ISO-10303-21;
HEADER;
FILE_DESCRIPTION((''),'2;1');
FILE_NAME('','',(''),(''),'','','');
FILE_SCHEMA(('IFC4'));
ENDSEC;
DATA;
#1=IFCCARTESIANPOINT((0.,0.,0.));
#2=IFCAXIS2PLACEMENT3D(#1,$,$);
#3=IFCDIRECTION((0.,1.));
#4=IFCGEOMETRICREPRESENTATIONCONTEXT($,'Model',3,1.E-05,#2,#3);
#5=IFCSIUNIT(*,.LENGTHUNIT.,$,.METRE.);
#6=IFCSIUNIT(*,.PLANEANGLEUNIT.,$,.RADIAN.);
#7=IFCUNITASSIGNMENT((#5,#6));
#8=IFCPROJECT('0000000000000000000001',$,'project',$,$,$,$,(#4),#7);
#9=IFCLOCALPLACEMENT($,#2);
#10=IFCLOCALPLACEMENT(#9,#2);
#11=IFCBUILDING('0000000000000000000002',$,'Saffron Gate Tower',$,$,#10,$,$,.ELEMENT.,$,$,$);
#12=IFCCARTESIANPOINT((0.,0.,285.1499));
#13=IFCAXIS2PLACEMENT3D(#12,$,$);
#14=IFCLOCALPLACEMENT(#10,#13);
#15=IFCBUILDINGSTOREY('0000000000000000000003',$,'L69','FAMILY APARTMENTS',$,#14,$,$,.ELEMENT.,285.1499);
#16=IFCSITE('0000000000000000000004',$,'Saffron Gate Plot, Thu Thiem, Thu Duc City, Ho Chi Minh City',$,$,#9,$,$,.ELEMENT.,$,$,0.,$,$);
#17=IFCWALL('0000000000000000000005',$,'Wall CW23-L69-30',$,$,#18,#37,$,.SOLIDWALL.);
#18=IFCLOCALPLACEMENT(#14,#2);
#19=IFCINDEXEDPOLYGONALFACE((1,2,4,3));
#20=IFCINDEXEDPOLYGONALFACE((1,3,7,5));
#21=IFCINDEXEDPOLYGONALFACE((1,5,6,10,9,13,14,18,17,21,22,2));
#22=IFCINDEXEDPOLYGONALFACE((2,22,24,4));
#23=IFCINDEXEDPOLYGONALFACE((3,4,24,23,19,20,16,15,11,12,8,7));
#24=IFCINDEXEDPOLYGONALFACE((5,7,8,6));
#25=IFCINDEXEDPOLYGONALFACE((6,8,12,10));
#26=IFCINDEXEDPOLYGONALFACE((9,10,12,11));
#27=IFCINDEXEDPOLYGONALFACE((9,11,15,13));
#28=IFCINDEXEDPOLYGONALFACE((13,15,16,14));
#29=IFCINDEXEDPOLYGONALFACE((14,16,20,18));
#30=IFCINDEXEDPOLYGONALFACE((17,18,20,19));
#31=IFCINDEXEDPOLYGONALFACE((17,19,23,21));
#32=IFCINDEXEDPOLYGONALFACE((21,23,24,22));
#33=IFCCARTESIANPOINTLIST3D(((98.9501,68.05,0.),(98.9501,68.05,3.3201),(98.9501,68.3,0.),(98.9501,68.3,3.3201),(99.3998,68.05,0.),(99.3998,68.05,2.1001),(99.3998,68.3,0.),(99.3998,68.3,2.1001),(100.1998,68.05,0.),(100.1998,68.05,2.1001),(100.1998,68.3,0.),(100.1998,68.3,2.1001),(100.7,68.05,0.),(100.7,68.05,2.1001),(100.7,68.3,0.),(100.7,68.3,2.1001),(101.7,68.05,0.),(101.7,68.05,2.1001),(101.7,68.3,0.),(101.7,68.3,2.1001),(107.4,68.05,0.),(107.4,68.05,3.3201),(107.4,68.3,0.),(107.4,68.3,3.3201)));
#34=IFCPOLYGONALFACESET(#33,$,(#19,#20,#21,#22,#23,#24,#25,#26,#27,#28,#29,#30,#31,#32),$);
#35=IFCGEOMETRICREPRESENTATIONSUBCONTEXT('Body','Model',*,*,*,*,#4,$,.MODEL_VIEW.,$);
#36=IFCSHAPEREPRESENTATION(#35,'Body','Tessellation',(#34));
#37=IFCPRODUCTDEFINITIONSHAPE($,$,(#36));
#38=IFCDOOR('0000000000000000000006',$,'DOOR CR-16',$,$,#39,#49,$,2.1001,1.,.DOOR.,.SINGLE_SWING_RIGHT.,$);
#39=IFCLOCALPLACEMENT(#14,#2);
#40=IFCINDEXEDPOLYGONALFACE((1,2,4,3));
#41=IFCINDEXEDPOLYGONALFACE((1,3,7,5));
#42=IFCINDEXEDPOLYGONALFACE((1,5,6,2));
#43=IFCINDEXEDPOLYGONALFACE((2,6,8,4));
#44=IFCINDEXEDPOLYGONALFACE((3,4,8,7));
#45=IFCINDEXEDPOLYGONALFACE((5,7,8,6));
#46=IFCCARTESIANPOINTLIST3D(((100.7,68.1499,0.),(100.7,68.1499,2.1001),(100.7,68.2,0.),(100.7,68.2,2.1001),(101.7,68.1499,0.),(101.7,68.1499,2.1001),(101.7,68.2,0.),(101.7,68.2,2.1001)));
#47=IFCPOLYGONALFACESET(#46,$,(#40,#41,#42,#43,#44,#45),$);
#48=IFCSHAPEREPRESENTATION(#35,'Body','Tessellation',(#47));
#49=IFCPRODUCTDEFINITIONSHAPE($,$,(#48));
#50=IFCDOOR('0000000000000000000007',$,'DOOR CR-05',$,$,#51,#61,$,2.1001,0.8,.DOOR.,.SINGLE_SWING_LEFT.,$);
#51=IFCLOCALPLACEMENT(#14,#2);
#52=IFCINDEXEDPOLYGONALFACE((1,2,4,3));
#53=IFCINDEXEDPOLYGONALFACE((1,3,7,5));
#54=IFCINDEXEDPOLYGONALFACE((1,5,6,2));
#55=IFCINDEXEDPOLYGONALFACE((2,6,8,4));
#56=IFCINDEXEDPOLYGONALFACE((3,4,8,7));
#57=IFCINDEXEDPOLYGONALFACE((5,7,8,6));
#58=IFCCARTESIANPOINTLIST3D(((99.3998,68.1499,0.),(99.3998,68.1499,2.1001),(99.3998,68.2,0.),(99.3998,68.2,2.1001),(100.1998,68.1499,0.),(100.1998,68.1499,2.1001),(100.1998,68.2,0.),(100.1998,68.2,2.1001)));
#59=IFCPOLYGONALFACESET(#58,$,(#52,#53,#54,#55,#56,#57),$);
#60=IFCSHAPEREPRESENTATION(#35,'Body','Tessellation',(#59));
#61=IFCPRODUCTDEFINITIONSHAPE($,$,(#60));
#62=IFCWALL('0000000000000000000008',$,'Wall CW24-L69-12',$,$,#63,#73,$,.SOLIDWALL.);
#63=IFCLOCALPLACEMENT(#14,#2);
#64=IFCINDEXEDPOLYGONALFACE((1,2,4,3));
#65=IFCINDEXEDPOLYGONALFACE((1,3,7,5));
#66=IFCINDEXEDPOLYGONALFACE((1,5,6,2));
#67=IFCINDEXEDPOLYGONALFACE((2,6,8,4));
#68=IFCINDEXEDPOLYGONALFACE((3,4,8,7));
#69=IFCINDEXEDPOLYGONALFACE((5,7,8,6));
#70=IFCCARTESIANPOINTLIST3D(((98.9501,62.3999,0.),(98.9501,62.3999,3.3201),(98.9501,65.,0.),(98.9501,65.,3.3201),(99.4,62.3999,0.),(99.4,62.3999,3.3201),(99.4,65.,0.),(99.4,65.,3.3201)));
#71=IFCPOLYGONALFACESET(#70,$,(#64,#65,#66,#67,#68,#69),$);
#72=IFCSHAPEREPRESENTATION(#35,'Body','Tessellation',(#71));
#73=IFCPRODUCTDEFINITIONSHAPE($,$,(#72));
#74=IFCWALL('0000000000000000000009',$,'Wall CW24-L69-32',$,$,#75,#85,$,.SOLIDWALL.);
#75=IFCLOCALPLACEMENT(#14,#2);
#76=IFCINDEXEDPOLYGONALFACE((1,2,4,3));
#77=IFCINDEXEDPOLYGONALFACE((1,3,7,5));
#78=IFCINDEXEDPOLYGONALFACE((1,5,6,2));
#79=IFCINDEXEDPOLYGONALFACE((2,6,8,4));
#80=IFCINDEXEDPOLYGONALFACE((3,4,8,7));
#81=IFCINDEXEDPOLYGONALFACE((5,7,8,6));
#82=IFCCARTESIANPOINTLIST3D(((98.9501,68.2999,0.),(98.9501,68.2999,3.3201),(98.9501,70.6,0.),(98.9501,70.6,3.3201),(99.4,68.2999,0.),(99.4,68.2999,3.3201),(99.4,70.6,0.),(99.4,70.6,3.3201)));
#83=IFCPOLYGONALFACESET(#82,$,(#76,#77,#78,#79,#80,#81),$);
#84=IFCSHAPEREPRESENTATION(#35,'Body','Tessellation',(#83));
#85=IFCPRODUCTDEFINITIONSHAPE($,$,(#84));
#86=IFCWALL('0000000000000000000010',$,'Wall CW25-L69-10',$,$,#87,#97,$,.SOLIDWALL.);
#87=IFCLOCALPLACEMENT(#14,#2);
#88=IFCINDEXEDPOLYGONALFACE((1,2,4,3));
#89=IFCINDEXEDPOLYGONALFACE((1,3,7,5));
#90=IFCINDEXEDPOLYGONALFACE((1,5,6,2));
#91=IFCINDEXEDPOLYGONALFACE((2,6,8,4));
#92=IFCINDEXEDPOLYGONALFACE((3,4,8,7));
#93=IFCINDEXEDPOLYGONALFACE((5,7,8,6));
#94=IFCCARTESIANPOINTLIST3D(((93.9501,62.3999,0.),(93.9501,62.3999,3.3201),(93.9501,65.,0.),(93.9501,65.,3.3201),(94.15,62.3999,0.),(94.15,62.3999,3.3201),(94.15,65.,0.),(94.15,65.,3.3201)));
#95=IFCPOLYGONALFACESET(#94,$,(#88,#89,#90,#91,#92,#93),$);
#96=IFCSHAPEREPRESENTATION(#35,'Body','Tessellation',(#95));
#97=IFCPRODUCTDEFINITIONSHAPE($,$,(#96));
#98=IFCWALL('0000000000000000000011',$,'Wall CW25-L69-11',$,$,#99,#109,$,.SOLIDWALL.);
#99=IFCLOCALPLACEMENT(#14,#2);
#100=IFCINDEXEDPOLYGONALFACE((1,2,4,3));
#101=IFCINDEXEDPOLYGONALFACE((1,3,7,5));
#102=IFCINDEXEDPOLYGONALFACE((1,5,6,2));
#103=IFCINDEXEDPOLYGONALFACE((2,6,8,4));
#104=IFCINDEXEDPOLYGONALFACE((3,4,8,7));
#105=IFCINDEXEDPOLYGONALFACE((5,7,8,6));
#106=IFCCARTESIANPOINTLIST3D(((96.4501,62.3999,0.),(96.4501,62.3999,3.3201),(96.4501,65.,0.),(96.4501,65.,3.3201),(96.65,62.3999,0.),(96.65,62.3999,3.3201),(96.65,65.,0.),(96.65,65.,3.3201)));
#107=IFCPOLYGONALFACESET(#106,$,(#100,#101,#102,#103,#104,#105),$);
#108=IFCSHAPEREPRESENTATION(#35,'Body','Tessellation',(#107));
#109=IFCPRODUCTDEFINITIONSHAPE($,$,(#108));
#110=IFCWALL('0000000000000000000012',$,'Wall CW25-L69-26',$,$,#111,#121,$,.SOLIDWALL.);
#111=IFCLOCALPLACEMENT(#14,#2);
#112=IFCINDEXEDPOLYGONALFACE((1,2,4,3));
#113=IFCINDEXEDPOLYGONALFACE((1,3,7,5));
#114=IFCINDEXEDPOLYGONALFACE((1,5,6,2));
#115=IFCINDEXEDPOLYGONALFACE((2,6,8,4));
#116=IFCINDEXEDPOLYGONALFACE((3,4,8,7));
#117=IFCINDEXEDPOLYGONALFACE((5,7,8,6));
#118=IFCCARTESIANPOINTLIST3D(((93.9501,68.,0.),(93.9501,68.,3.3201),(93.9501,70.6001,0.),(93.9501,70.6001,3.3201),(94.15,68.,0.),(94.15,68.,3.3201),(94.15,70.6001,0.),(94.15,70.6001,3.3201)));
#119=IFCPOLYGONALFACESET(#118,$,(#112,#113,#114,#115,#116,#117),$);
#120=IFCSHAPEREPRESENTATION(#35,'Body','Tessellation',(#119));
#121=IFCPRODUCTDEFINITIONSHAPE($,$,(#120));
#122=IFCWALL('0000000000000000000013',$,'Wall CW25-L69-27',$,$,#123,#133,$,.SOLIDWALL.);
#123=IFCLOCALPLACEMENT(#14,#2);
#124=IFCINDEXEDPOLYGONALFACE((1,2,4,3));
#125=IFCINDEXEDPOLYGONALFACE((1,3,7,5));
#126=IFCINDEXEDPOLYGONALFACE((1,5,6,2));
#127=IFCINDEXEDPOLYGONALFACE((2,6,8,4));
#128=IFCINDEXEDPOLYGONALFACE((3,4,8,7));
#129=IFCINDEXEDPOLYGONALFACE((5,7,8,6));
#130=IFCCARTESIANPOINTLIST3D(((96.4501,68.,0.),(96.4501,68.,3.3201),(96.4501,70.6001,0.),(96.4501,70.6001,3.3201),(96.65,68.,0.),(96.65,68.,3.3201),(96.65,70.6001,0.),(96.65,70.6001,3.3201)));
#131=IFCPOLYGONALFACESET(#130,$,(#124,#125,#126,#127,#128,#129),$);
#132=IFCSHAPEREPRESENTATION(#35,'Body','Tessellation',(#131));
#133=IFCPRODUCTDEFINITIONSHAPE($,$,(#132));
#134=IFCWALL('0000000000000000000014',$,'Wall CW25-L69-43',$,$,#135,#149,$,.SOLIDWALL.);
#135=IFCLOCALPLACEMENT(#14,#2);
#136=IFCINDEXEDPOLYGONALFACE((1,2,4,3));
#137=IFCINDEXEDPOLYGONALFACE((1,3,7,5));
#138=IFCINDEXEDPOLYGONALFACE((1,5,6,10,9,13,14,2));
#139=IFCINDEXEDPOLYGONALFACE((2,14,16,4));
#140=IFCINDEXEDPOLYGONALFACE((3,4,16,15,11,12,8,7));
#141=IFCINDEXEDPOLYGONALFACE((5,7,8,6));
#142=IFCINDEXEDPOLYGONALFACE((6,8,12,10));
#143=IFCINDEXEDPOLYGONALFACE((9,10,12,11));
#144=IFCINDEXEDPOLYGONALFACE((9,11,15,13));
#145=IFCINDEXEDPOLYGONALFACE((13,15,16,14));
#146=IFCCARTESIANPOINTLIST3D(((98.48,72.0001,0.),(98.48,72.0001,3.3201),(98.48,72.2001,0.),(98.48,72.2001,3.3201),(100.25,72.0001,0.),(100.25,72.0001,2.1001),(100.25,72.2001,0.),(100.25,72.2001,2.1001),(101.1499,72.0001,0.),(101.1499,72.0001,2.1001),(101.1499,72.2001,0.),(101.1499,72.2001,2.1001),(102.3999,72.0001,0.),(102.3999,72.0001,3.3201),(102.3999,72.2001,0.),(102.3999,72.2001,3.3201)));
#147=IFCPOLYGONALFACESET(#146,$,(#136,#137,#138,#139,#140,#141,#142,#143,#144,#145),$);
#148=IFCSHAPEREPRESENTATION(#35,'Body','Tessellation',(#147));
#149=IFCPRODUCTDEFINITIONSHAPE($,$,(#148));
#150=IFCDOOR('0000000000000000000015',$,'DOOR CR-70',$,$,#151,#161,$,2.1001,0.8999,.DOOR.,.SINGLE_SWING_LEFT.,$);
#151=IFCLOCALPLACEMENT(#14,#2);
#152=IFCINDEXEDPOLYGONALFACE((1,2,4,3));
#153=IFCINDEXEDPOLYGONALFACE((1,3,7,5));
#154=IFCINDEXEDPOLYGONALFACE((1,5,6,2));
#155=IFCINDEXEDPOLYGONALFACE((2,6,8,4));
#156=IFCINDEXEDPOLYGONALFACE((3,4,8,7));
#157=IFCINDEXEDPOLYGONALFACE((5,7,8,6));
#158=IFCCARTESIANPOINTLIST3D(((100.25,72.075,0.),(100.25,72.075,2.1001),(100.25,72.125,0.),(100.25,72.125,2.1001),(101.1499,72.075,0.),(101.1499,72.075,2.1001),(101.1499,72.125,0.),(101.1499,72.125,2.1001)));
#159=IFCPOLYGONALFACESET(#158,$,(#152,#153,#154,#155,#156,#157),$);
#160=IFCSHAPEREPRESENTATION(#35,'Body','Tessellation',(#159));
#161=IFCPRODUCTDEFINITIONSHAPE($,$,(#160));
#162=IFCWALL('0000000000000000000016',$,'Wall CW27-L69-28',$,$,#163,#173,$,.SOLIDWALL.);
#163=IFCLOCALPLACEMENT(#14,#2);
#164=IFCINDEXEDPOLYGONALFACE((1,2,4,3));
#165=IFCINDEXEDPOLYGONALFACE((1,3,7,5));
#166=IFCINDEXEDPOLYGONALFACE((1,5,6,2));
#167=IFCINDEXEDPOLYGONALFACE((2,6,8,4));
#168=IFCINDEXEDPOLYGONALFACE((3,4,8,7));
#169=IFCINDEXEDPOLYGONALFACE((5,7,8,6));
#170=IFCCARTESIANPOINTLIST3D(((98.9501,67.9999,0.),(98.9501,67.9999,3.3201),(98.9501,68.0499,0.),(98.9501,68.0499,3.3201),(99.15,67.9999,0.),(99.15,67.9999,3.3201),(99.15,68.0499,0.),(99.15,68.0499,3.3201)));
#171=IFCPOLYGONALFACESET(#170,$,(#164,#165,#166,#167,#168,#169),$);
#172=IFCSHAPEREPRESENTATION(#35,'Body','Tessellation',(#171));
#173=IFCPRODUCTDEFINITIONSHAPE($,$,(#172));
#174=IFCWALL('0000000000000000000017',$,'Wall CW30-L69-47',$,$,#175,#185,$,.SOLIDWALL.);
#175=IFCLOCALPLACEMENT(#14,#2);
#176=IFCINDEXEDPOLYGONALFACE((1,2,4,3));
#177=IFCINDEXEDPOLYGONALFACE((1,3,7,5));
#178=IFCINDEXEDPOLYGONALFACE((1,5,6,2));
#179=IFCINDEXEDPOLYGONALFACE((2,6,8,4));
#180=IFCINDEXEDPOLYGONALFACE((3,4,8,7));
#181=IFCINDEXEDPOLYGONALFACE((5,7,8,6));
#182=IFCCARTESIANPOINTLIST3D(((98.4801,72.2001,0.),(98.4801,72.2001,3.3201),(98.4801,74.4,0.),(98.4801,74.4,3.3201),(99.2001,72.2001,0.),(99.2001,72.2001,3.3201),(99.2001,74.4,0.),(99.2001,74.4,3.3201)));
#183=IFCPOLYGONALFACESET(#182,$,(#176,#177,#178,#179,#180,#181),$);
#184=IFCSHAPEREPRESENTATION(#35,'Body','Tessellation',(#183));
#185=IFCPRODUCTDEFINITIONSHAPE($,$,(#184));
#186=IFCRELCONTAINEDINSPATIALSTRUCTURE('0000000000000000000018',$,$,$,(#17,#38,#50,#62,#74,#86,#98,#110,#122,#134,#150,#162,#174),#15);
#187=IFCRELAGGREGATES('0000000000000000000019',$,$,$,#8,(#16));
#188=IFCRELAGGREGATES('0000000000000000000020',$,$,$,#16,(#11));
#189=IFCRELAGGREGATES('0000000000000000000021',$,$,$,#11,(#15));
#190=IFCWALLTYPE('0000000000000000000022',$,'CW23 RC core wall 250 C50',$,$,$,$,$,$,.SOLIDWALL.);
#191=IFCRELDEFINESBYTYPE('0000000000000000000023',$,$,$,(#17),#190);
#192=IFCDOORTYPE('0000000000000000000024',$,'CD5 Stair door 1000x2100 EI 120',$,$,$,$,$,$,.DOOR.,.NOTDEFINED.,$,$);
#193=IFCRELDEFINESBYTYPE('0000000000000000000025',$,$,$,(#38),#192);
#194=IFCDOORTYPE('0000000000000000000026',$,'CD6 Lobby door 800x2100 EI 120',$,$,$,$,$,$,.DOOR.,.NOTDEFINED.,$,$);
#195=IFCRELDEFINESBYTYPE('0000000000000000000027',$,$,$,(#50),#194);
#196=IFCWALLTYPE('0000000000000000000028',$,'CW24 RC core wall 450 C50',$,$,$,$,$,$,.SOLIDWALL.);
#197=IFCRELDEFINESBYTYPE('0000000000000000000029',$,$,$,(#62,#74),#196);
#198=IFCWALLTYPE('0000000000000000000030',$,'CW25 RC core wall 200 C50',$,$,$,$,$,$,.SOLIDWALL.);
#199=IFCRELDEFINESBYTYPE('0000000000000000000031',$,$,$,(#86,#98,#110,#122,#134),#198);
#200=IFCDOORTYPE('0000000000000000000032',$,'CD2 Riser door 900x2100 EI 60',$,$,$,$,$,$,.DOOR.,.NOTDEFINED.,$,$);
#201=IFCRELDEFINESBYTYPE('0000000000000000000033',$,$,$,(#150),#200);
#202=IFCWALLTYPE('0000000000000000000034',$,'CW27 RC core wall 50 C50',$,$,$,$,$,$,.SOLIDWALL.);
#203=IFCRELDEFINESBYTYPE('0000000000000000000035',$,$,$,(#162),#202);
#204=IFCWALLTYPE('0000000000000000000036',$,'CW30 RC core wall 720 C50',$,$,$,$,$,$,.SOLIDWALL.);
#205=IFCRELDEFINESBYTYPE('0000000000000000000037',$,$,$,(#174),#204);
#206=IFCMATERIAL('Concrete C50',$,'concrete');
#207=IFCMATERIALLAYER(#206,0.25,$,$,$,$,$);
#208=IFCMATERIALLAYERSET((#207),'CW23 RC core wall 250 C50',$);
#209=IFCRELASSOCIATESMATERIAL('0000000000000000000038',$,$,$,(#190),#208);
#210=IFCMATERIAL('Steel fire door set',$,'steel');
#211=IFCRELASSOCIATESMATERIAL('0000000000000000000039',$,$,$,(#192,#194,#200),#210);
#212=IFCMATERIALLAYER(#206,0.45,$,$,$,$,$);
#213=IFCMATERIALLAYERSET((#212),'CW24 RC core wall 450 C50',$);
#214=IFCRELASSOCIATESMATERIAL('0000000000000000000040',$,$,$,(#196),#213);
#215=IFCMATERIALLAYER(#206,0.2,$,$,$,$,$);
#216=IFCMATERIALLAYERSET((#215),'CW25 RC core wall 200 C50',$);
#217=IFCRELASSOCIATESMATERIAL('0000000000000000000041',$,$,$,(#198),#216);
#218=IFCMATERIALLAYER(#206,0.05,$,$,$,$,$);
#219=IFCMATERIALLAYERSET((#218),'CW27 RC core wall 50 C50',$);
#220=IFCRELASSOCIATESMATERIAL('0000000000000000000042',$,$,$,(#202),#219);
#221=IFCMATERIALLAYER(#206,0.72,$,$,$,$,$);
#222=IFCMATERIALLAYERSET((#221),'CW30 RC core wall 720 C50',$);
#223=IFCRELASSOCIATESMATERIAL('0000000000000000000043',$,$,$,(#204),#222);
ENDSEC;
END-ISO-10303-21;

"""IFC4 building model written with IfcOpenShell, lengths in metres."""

from ifc_helpers import new_model, si_unit, direction, frame, frame_2d, origin, place, context, subcontext, project, spatial, rectangle, extrude, material, layer, layer_set, type_object, element, fill, save


model = new_model("IFC4")

# Units and contexts
model_context = context("Model", 3, precision=1e-05, world=origin(), true_north=direction((0.0, 1.0)))
body_context = subcontext(model_context, "Body", "Model", "MODEL_VIEW")
ifc_project = project(units=[si_unit("LENGTHUNIT", "METRE"), si_unit("PLANEANGLEUNIT", "RADIAN")], contexts=[model_context])

# Site, building, storey
site_placement = place(None, origin())
site = spatial("IfcSite", under=ifc_project, at=site_placement, Name="Saffron Gate Plot, Thu Thiem, Thu Duc City, Ho Chi Minh City", CompositionType="ELEMENT", RefElevation=0.0)
building_placement = place(site_placement, origin())
building = spatial("IfcBuilding", under=site, at=building_placement, Name="Saffron Gate Tower", CompositionType="ELEMENT")
storey_placement = place(building_placement, frame((0.0, 0.0, 285.1499)))
storey = spatial("IfcBuildingStorey", under=building, at=storey_placement, Name="L69", Description="FAMILY APARTMENTS", CompositionType="ELEMENT", Elevation=285.1499)

# Wall, openings, doors
ifc_material_1 = material(Name="Concrete C50", Category="concrete")
ifc_layer_1 = layer(ifc_material_1, 0.25)
ifc_layer_set_1 = layer_set([ifc_layer_1], Name="CW23 RC core wall 250 C50")
wall_type_1 = type_object("IfcWallType", Name="CW23 RC core wall 250 C50", PredefinedType="SOLIDWALL", material=ifc_layer_set_1)
wall_1_placement = place(storey_placement, frame((98.95, 68.175, 0.0), z_axis=(0.0, 0.0, 1.0), x_axis=(1.0, 0.0, 0.0)))
wall_1 = element("IfcWall", 1, at=wall_1_placement, inside=storey, type_object=wall_type_1, Name="Wall CW23-L69-30", PredefinedType="SOLIDWALL", context=body_context, shape_type="SweptSolid", body=[
    extrude(rectangle(XDim=8.45, YDim=0.25, at=frame_2d((4.2251, 0.0))), origin(), (0.0, 0.0, 1.0), 3.3201),
])
opening_1_placement = place(wall_1_placement, frame((0.45, 0.0, 0.0)))
opening_1 = element("IfcOpeningElement", 2, at=opening_1_placement, cuts=wall_1, PredefinedType="OPENING", context=body_context, shape_type="SweptSolid", body=[
    extrude(rectangle(XDim=0.8, YDim=2.1001, at=frame_2d((0.3999, 1.05))), frame((0.0, 0.135, 0.0), z_axis=(0.0, -1.0, 0.0), x_axis=(1.0, 0.0, 0.0)), (0.0, 0.0, 1.0), 0.27),
])
opening_2_placement = place(wall_1_placement, frame((1.75, 0.0, 0.0)))
opening_2 = element("IfcOpeningElement", 3, at=opening_2_placement, cuts=wall_1, PredefinedType="OPENING", context=body_context, shape_type="SweptSolid", body=[
    extrude(rectangle(XDim=1.0, YDim=2.1001, at=frame_2d((0.5, 1.05))), frame((0.0, 0.135, 0.0), z_axis=(0.0, -1.0, 0.0), x_axis=(1.0, 0.0, 0.0)), (0.0, 0.0, 1.0), 0.27),
])
ifc_material_2 = material(Name="Steel fire door set", Category="steel")
door_type_1 = type_object("IfcDoorType", Name="CD5 Stair door 1000x2100 EI 120", OperationType="NOTDEFINED", PredefinedType="DOOR", material=ifc_material_2)
door_1_placement = place(opening_2_placement, origin())
door_1 = element("IfcDoor", 4, at=door_1_placement, inside=storey, type_object=door_type_1, Name="DOOR CR-16", OperationType="SINGLE_SWING_RIGHT", OverallHeight=2.1001, OverallWidth=1.0, PredefinedType="DOOR", context=body_context, shape_type="SweptSolid", body=[
    extrude(rectangle(XDim=1.0, YDim=2.1001, at=frame_2d((0.5, 1.05))), frame((0.0, 0.0249, 0.0), z_axis=(0.0, -1.0, 0.0), x_axis=(1.0, 0.0, 0.0)), (0.0, 0.0, 1.0), 0.05),
])
fill(opening_2, door_1)
door_type_2 = type_object("IfcDoorType", Name="CD6 Lobby door 800x2100 EI 120", OperationType="NOTDEFINED", PredefinedType="DOOR", material=ifc_material_2)
door_2_placement = place(opening_1_placement, origin())
door_2 = element("IfcDoor", 5, at=door_2_placement, inside=storey, type_object=door_type_2, Name="DOOR CR-05", OperationType="SINGLE_SWING_LEFT", OverallHeight=2.1001, OverallWidth=0.8, PredefinedType="DOOR", context=body_context, shape_type="SweptSolid", body=[
    extrude(rectangle(XDim=0.8, YDim=2.1001, at=frame_2d((0.3999, 1.05))), frame((0.0, 0.0249, 0.0), z_axis=(0.0, -1.0, 0.0), x_axis=(1.0, 0.0, 0.0)), (0.0, 0.0, 1.0), 0.05),
])
fill(opening_1, door_2)

# Walls
ifc_layer_2 = layer(ifc_material_1, 0.45)
ifc_layer_set_2 = layer_set([ifc_layer_2], Name="CW24 RC core wall 450 C50")
wall_type_2 = type_object("IfcWallType", Name="CW24 RC core wall 450 C50", PredefinedType="SOLIDWALL", material=ifc_layer_set_2)
wall_2_placement = place(storey_placement, frame((99.175, 62.3999, 0.0), z_axis=(0.0, 0.0, 1.0), x_axis=(0.0, 1.0, 0.0)))
element("IfcWall", 6, at=wall_2_placement, inside=storey, type_object=wall_type_2, Name="Wall CW24-L69-12", PredefinedType="SOLIDWALL", context=body_context, shape_type="SweptSolid", body=[
    extrude(rectangle(XDim=2.6001, YDim=0.45, at=frame_2d((1.3, 0.0))), origin(), (0.0, 0.0, 1.0), 3.3201),
])
wall_3_placement = place(storey_placement, frame((99.175, 68.3, 0.0), z_axis=(0.0, 0.0, 1.0), x_axis=(0.0, 1.0, 0.0)))
element("IfcWall", 7, at=wall_3_placement, inside=storey, type_object=wall_type_2, Name="Wall CW24-L69-32", PredefinedType="SOLIDWALL", context=body_context, shape_type="SweptSolid", body=[
    extrude(rectangle(XDim=2.3, YDim=0.45, at=frame_2d((1.1499, 0.0))), origin(), (0.0, 0.0, 1.0), 3.3201),
])
ifc_layer_3 = layer(ifc_material_1, 0.2)
ifc_layer_set_3 = layer_set([ifc_layer_3], Name="CW25 RC core wall 200 C50")
wall_type_3 = type_object("IfcWallType", Name="CW25 RC core wall 200 C50", PredefinedType="SOLIDWALL", material=ifc_layer_set_3)
for number, where, z_axis, x_axis, name in (
    (8, (94.05, 62.3999, 0.0), (0.0, 0.0, 1.0), (0.0, 1.0, 0.0), "Wall CW25-L69-10"),
    (9, (96.55, 62.3999, 0.0), (0.0, 0.0, 1.0), (0.0, 1.0, 0.0), "Wall CW25-L69-11"),
    (10, (94.05, 68.0, 0.0), (0.0, 0.0, 1.0), (0.0, 1.0, 0.0), "Wall CW25-L69-26"),
    (11, (96.55, 68.0, 0.0), (0.0, 0.0, 1.0), (0.0, 1.0, 0.0), "Wall CW25-L69-27"),
):
    element("IfcWall", number, at=place(storey_placement, frame(where, z_axis=z_axis, x_axis=x_axis)), inside=storey, type_object=wall_type_3, Name=name, PredefinedType="SOLIDWALL", context=body_context, shape_type="SweptSolid", body=[
        extrude(rectangle(XDim=2.6001, YDim=0.2, at=frame_2d((1.3, 0.0))), origin(), (0.0, 0.0, 1.0), 3.3201),
    ])

# Wall, opening, door
wall_4_placement = place(storey_placement, frame((98.48, 72.1001, 0.0), z_axis=(0.0, 0.0, 1.0), x_axis=(1.0, 0.0, 0.0)))
wall_4 = element("IfcWall", 12, at=wall_4_placement, inside=storey, type_object=wall_type_3, Name="Wall CW25-L69-43", PredefinedType="SOLIDWALL", context=body_context, shape_type="SweptSolid", body=[
    extrude(rectangle(XDim=3.9199, YDim=0.2, at=frame_2d((1.96, 0.0))), origin(), (0.0, 0.0, 1.0), 3.3201),
])
opening_3_placement = place(wall_4_placement, frame((1.77, 0.0, 0.0)))
opening_3 = element("IfcOpeningElement", 13, at=opening_3_placement, cuts=wall_4, PredefinedType="OPENING", context=body_context, shape_type="SweptSolid", body=[
    extrude(rectangle(XDim=0.8999, YDim=2.1001, at=frame_2d((0.45, 1.05))), frame((0.0, 0.1099, 0.0), z_axis=(0.0, -1.0, 0.0), x_axis=(1.0, 0.0, 0.0)), (0.0, 0.0, 1.0), 0.22),
])
door_type_3 = type_object("IfcDoorType", Name="CD2 Riser door 900x2100 EI 60", OperationType="NOTDEFINED", PredefinedType="DOOR", material=ifc_material_2)
door_3_placement = place(opening_3_placement, origin())
door_3 = element("IfcDoor", 14, at=door_3_placement, inside=storey, type_object=door_type_3, Name="DOOR CR-70", OperationType="SINGLE_SWING_LEFT", OverallHeight=2.1001, OverallWidth=0.8999, PredefinedType="DOOR", context=body_context, shape_type="SweptSolid", body=[
    extrude(rectangle(XDim=0.8999, YDim=2.1001, at=frame_2d((0.45, 1.05))), frame((0.0, 0.0249, 0.0), z_axis=(0.0, -1.0, 0.0), x_axis=(1.0, 0.0, 0.0)), (0.0, 0.0, 1.0), 0.05),
])
fill(opening_3, door_3)

# Walls
ifc_layer_4 = layer(ifc_material_1, 0.05)
ifc_layer_set_4 = layer_set([ifc_layer_4], Name="CW27 RC core wall 50 C50")
wall_type_4 = type_object("IfcWallType", Name="CW27 RC core wall 50 C50", PredefinedType="SOLIDWALL", material=ifc_layer_set_4)
wall_5_placement = place(storey_placement, frame((98.95, 68.0249, 0.0), z_axis=(0.0, 0.0, 1.0), x_axis=(1.0, 0.0, 0.0)))
element("IfcWall", 15, at=wall_5_placement, inside=storey, type_object=wall_type_4, Name="Wall CW27-L69-28", PredefinedType="SOLIDWALL", context=body_context, shape_type="SweptSolid", body=[
    extrude(rectangle(XDim=0.2, YDim=0.05, at=frame_2d((0.1001, 0.0))), origin(), (0.0, 0.0, 1.0), 3.3201),
])
ifc_layer_5 = layer(ifc_material_1, 0.72)
ifc_layer_set_5 = layer_set([ifc_layer_5], Name="CW30 RC core wall 720 C50")
wall_type_5 = type_object("IfcWallType", Name="CW30 RC core wall 720 C50", PredefinedType="SOLIDWALL", material=ifc_layer_set_5)
wall_6_placement = place(storey_placement, frame((98.8401, 72.2, 0.0), z_axis=(0.0, 0.0, 1.0), x_axis=(0.0, 1.0, 0.0)))
element("IfcWall", 16, at=wall_6_placement, inside=storey, type_object=wall_type_5, Name="Wall CW30-L69-47", PredefinedType="SOLIDWALL", context=body_context, shape_type="SweptSolid", body=[
    extrude(rectangle(XDim=2.2, YDim=0.72, at=frame_2d((1.1001, 0.0))), origin(), (0.0, 0.0, 1.0), 3.3201),
])

save(model, "model.ifc")
